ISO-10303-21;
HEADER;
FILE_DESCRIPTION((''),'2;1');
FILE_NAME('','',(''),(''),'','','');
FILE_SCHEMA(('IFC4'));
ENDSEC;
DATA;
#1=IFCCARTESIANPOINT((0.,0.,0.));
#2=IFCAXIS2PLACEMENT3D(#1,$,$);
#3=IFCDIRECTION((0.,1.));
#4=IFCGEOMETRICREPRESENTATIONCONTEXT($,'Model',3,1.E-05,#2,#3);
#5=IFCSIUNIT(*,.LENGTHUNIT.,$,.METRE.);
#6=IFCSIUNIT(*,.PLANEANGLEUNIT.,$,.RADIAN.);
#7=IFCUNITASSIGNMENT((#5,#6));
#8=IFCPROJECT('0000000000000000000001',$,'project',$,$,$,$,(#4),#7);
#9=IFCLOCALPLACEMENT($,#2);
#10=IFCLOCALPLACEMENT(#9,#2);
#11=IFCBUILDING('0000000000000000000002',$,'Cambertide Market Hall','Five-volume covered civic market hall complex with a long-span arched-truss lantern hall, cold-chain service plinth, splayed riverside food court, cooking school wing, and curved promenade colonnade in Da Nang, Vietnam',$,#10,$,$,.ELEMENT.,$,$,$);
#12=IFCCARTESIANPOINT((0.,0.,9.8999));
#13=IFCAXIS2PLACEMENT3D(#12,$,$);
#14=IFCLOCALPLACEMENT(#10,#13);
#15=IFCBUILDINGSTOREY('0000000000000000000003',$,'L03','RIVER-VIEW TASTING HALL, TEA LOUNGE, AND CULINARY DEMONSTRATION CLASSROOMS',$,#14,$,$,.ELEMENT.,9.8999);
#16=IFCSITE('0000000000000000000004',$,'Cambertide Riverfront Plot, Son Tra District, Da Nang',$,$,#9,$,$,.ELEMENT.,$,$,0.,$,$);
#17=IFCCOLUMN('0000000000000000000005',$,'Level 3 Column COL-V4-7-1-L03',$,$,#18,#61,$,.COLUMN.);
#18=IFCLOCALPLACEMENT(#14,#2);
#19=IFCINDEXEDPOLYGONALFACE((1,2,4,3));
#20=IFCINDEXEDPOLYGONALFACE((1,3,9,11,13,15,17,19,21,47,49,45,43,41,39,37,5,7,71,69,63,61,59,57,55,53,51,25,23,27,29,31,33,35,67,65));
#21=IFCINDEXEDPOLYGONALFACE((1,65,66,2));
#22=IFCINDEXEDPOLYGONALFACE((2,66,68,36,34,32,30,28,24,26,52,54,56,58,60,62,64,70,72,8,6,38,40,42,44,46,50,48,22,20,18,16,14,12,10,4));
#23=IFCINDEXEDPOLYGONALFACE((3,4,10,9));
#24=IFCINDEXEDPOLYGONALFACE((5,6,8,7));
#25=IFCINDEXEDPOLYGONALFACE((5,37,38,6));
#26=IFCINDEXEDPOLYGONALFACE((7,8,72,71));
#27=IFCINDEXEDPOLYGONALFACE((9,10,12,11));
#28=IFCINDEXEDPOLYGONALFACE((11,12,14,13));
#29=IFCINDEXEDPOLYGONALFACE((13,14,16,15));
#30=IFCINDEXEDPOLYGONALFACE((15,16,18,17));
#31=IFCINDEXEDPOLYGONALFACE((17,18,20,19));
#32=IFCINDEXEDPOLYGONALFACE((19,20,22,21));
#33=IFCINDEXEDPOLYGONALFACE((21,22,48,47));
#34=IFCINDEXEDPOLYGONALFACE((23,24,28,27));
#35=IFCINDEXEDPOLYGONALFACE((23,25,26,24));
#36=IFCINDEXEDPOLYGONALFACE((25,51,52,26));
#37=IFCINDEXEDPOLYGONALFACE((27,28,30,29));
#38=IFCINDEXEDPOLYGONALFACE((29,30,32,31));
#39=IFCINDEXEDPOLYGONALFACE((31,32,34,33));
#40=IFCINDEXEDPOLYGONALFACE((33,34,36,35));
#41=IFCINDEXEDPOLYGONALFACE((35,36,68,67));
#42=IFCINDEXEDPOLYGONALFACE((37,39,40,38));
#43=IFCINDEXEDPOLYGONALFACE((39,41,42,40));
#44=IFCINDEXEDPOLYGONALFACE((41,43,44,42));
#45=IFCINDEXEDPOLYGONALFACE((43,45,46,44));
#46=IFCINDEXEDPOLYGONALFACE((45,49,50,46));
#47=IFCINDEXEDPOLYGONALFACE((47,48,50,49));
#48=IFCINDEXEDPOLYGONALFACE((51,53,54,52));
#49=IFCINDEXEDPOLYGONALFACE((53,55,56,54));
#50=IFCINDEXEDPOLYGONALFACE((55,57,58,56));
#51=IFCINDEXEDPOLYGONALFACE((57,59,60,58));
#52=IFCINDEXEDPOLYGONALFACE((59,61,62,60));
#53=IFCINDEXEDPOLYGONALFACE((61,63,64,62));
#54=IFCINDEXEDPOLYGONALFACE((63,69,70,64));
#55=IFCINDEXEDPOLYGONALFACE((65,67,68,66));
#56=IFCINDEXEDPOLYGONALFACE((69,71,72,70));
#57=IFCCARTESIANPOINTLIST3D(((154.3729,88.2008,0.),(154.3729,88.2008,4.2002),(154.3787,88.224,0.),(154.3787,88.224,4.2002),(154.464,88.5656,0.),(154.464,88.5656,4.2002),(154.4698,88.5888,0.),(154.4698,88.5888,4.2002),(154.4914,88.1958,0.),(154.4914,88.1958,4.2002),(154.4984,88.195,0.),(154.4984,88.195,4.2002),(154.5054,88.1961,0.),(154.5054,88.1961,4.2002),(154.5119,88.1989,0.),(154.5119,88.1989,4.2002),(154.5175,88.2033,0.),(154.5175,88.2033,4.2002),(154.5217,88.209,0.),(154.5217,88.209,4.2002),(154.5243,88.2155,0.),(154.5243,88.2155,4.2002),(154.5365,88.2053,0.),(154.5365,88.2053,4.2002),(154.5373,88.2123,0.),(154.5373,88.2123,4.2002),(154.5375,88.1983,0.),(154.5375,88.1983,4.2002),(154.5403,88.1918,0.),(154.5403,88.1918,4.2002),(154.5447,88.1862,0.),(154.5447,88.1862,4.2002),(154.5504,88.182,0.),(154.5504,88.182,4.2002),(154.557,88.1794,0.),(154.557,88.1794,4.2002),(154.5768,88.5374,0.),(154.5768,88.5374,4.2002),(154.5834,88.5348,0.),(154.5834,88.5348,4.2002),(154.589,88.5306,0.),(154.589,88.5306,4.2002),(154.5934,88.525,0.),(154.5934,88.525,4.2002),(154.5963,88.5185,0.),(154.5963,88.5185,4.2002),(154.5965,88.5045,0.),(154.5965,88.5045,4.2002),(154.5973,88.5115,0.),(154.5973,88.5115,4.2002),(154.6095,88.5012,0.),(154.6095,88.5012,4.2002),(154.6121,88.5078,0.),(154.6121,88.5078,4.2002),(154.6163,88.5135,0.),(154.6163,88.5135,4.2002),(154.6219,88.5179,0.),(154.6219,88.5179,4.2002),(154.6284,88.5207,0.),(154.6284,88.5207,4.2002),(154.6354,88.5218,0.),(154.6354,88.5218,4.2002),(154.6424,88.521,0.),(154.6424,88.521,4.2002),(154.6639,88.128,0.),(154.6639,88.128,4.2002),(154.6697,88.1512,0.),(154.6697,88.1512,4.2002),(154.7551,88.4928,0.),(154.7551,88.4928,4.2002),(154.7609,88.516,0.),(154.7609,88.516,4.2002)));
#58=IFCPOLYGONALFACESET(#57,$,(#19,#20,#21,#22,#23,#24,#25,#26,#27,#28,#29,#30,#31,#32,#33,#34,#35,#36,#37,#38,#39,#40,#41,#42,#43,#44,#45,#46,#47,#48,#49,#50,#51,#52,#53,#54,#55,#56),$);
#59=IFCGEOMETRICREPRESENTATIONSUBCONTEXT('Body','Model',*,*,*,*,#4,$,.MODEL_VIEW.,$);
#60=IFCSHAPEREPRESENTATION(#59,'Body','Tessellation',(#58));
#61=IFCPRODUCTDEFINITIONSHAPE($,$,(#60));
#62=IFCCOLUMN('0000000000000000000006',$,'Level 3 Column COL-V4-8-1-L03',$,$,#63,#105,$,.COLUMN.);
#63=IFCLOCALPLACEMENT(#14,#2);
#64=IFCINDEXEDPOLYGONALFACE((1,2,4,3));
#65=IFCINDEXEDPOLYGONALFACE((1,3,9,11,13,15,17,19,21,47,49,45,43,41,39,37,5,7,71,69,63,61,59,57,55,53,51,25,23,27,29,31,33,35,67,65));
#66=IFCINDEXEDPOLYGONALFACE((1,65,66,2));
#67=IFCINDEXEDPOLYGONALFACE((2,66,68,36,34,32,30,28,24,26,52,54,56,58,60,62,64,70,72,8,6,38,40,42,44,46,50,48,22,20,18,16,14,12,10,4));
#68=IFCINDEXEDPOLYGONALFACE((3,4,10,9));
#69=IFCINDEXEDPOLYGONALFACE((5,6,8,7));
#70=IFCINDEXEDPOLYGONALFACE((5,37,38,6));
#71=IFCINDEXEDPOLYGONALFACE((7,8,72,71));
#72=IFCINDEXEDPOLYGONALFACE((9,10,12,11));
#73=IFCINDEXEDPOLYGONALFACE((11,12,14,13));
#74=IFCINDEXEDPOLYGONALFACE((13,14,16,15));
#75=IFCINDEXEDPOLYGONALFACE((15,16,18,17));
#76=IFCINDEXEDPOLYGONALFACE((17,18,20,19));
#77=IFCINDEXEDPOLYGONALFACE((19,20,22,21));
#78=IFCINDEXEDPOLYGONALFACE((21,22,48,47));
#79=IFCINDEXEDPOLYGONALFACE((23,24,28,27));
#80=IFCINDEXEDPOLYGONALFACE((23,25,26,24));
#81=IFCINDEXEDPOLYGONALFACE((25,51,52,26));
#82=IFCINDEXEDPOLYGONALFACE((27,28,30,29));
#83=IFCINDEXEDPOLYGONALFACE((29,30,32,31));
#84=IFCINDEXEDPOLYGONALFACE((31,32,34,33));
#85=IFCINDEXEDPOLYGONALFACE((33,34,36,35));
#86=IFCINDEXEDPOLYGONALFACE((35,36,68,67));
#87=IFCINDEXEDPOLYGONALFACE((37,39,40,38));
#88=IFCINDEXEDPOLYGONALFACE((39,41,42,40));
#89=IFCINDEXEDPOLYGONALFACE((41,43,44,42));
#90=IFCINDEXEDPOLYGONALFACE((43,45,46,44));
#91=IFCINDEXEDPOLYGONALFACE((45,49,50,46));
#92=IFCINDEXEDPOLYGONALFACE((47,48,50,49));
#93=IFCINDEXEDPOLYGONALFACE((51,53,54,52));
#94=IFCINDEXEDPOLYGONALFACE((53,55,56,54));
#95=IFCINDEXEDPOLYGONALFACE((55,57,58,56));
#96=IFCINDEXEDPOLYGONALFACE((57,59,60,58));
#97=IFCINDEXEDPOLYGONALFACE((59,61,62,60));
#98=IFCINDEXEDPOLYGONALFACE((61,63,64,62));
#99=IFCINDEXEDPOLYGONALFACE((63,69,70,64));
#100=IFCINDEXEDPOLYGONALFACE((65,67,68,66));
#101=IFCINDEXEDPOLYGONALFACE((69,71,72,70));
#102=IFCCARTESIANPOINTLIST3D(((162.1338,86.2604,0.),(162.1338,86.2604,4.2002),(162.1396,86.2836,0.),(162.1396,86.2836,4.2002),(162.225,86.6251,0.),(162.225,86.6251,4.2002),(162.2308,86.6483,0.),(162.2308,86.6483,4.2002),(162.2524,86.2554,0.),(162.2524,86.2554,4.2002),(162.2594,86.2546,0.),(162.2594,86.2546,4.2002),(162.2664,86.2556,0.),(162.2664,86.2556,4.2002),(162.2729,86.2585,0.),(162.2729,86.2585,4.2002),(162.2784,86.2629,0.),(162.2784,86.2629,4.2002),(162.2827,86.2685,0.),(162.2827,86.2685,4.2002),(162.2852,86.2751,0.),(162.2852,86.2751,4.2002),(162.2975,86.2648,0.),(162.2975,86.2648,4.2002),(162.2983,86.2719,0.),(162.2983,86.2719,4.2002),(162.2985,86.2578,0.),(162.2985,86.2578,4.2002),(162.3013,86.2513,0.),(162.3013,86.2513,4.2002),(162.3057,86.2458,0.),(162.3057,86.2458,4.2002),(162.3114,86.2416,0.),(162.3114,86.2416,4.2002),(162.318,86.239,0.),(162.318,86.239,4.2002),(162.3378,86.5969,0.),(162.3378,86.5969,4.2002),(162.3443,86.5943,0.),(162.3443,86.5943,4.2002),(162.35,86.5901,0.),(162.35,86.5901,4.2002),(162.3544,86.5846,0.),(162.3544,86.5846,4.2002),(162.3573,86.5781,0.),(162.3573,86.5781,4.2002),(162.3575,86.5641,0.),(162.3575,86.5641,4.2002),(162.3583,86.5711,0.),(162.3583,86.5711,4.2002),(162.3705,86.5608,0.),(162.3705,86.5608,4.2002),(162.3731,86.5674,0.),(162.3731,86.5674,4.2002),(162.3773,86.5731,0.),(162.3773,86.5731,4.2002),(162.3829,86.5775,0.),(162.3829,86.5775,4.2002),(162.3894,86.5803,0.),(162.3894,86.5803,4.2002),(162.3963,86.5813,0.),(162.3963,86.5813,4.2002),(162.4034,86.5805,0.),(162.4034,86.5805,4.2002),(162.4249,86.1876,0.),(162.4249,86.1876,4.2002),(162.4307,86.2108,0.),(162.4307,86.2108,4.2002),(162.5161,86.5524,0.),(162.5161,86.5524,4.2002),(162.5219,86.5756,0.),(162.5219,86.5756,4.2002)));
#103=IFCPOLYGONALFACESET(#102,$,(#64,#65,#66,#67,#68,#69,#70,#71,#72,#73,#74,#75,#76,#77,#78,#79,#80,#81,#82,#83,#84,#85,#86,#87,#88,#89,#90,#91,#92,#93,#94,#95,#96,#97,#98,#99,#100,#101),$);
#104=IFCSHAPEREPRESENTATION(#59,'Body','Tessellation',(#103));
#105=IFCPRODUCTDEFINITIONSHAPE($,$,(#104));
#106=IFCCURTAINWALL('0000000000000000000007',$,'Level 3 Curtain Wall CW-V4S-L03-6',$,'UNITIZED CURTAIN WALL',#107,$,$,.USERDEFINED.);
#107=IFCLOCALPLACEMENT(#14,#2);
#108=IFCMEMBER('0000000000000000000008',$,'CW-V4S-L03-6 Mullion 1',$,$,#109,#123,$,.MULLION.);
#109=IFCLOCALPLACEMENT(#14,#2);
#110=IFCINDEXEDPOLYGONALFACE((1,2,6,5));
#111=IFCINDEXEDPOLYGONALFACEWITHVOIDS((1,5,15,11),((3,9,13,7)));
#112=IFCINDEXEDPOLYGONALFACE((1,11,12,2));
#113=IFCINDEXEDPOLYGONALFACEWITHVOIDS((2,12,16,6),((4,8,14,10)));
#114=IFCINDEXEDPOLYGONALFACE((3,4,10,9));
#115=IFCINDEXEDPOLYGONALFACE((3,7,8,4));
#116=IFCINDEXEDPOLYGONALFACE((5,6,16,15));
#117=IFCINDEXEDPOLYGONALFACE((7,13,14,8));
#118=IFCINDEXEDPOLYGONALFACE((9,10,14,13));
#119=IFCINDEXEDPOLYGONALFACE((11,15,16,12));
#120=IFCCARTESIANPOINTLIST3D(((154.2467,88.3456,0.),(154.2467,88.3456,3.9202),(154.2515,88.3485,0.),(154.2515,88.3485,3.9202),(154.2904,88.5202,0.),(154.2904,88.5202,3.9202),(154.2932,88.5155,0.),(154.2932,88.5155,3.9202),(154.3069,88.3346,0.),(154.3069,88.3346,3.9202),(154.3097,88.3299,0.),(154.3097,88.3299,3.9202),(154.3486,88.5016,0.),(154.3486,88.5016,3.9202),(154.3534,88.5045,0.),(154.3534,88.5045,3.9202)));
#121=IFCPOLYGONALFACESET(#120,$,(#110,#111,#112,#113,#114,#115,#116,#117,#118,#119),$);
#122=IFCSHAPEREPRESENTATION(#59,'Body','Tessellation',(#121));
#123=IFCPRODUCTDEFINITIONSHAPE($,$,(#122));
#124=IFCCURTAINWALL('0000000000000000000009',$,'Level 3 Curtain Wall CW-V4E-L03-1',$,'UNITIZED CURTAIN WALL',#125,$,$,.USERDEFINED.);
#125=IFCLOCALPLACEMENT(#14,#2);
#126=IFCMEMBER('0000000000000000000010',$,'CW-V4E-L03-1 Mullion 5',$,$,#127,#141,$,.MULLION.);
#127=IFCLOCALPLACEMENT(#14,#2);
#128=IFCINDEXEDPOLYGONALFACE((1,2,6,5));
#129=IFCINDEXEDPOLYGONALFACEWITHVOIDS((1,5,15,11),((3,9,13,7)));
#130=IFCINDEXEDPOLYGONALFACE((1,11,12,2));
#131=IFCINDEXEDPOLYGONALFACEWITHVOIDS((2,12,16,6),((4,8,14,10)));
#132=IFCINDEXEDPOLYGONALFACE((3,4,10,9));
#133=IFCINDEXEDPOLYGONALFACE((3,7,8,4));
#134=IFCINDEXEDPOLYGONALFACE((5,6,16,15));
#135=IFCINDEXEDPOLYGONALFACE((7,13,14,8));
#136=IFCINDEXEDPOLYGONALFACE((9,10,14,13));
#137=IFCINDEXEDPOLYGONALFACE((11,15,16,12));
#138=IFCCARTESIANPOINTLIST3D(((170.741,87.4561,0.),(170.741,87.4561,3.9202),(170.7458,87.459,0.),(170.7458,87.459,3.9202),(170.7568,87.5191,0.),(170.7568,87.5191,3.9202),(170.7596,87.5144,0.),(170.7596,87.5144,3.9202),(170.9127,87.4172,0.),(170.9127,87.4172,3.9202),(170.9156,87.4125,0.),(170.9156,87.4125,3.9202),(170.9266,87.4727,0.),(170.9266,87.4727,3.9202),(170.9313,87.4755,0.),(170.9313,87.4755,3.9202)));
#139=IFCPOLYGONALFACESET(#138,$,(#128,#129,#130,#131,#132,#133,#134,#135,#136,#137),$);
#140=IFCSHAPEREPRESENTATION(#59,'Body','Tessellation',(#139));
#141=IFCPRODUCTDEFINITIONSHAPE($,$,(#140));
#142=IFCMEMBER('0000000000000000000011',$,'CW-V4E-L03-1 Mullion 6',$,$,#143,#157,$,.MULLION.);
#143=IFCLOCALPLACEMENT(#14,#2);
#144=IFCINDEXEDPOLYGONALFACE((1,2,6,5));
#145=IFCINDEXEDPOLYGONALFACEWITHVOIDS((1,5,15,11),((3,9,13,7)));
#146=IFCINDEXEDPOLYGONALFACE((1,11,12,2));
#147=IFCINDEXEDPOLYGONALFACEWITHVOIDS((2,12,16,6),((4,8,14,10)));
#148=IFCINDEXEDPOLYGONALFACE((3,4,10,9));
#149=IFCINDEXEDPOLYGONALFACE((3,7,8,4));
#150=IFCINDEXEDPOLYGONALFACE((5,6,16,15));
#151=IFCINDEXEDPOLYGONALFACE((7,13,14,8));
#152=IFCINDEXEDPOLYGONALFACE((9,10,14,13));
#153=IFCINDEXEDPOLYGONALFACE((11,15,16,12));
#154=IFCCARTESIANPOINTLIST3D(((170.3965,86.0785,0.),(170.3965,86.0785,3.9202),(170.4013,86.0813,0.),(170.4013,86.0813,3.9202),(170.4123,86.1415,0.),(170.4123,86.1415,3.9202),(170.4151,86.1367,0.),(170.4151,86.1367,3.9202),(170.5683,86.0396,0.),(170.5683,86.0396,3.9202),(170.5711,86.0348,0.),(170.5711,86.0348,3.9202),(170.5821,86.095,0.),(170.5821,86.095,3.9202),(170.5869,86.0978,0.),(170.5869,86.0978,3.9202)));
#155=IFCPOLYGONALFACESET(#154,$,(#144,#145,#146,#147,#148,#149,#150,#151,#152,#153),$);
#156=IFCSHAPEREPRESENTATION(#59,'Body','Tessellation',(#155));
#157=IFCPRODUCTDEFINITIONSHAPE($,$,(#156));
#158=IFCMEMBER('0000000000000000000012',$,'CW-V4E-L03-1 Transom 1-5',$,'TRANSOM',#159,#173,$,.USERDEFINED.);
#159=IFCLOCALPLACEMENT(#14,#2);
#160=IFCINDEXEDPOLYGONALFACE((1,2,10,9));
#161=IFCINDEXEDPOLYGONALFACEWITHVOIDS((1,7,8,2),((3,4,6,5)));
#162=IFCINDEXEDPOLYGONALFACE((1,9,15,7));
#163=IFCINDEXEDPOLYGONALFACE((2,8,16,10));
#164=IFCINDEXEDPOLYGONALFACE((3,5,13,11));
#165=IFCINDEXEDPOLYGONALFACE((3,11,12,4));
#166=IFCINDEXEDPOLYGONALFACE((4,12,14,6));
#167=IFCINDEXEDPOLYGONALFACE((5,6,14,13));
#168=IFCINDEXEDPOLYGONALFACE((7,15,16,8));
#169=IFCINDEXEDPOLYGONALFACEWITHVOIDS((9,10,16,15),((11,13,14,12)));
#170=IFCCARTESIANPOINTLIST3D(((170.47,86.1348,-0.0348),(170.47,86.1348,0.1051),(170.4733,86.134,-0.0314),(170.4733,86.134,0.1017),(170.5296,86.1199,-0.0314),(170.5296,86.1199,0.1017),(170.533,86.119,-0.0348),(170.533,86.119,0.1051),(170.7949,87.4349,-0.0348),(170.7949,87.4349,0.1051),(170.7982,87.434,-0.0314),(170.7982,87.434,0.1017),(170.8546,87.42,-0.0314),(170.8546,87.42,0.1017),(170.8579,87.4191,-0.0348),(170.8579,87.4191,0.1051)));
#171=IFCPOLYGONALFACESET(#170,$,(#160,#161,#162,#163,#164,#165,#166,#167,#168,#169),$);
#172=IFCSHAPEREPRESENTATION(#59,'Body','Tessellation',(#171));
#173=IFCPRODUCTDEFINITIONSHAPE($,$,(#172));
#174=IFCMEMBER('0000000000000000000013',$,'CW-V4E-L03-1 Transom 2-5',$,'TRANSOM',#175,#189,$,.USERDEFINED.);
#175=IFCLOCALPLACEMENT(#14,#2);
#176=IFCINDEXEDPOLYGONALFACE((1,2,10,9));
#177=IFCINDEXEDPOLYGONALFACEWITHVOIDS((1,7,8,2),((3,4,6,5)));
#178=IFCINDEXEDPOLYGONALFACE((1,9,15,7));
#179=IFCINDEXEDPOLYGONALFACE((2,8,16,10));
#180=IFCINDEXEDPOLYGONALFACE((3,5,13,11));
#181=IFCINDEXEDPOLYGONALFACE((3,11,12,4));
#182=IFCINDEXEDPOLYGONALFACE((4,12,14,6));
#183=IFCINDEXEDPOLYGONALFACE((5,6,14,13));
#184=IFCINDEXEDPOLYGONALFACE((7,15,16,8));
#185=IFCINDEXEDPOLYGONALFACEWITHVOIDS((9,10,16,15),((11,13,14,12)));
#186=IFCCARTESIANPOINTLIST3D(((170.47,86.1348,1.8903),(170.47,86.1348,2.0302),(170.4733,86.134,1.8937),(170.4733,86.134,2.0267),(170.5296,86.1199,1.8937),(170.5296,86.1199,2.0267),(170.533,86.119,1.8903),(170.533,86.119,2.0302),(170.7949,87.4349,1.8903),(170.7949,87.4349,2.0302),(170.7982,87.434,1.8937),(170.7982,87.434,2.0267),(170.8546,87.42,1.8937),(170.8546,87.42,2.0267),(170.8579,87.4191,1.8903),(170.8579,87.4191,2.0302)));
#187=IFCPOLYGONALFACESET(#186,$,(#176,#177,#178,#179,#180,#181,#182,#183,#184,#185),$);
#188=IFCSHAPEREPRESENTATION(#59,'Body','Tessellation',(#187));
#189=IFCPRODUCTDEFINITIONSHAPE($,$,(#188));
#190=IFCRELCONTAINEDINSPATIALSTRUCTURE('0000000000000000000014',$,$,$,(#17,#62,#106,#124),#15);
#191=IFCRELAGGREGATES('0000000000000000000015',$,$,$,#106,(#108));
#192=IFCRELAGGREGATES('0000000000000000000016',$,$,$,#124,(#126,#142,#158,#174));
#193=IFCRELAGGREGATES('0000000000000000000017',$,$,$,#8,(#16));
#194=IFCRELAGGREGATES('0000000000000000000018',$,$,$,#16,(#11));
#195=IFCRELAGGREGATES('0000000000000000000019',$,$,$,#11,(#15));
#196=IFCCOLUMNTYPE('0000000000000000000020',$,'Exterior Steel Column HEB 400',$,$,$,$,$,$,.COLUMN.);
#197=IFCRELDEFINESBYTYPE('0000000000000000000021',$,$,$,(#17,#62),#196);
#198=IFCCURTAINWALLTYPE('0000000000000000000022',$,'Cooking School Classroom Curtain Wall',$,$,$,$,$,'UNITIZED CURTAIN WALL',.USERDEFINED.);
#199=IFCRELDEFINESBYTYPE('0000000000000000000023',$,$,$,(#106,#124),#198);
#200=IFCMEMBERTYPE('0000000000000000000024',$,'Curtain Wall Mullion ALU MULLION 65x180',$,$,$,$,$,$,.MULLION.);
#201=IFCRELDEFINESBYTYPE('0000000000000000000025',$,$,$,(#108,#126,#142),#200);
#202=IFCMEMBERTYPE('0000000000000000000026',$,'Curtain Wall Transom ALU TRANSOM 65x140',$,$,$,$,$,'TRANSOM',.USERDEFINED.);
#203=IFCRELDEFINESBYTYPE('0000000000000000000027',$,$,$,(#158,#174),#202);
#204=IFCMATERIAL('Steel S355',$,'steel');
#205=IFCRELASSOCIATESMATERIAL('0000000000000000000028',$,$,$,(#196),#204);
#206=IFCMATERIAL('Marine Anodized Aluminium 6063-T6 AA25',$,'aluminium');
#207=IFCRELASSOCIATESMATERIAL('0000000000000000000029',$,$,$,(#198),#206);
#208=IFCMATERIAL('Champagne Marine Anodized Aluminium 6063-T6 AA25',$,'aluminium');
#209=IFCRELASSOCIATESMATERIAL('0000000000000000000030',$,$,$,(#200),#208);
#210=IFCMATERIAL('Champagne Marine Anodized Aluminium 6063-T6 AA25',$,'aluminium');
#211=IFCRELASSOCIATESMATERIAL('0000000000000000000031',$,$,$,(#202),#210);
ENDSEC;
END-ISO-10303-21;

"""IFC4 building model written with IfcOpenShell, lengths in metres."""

from ifc_helpers import new_model, si_unit, direction, frame, origin, origin_2d, place, context, subcontext, project, spatial, hollow_rectangle, i_section, extrude, material, material_profile, profile_set, type_object, element, aggregate, save


model = new_model("IFC4")

# Units and contexts
model_context = context("Model", 3, precision=1e-05, world=origin(), true_north=direction((0.0, 1.0)))
body_context = subcontext(model_context, "Body", "Model", "MODEL_VIEW")
ifc_project = project(units=[si_unit("LENGTHUNIT", "METRE"), si_unit("PLANEANGLEUNIT", "RADIAN")], contexts=[model_context])

# Site, building, storey
site_placement = place(None, origin())
site = spatial("IfcSite", under=ifc_project, at=site_placement, Name="Cambertide Riverfront Plot, Son Tra District, Da Nang", CompositionType="ELEMENT", RefElevation=0.0)
building_placement = place(site_placement, origin())
building = spatial("IfcBuilding", under=site, at=building_placement, Name="Cambertide Market Hall", Description="Five-volume covered civic market hall complex with a long-span arched-truss lantern hall, cold-chain service plinth, splayed riverside food court, cooking school wing, and curved promenade colonnade in Da Nang, Vietnam", CompositionType="ELEMENT")
storey_placement = place(building_placement, frame((0.0, 0.0, 9.8999)))
storey = spatial("IfcBuildingStorey", under=building, at=storey_placement, Name="L03", Description="RIVER-VIEW TASTING HALL, TEA LOUNGE, AND CULINARY DEMONSTRATION CLASSROOMS", CompositionType="ELEMENT", Elevation=9.8999)

# Columns
ifc_material_1 = material(Name="Steel S355", Category="steel")
ifc_material_profile_1 = material_profile(ifc_material_1, i_section(OverallWidth=0.3, OverallDepth=0.3999, WebThickness=0.0134, FlangeThickness=0.0239, FilletRadius=0.0271, at=origin_2d()), Name="HEB 400")
ifc_profile_set_1 = profile_set([ifc_material_profile_1], Name="Steel S355")
column_type = type_object("IfcColumnType", Name="Exterior Steel Column HEB 400", PredefinedType="COLUMN", material=ifc_profile_set_1)
for number, where, z_axis, x_axis, name in (
    (1, (154.5669, 88.3584, 0.0), (0.0, 0.0, 1.0), (0.970143, -0.242536, 0.0), "Level 3 Column COL-V4-7-1-L03"),
    (2, (162.3279, 86.418, 0.0), (0.0, 0.0, 1.0), (0.970143, -0.242536, 0.0), "Level 3 Column COL-V4-8-1-L03"),
):
    element("IfcColumn", number, at=place(storey_placement, frame(where, z_axis=z_axis, x_axis=x_axis)), inside=storey, type_object=column_type, Name=name, PredefinedType="COLUMN", context=body_context, shape_type="SweptSolid", body=[
        extrude(i_section(OverallWidth=0.3, OverallDepth=0.3999, WebThickness=0.0134, FlangeThickness=0.0239, FilletRadius=0.0271, at=origin_2d()), origin(), (0.0, 0.0, 1.0), 4.2002),
    ])

# Curtain wall, member
ifc_material_2 = material(Name="Marine Anodized Aluminium 6063-T6 AA25", Category="aluminium")
curtain_wall_type = type_object("IfcCurtainWallType", Name="Cooking School Classroom Curtain Wall", ElementType="UNITIZED CURTAIN WALL", PredefinedType="USERDEFINED", material=ifc_material_2)
curtain_wall_1_placement = place(storey_placement, origin())
curtain_wall_1 = element("IfcCurtainWall", 3, at=curtain_wall_1_placement, inside=storey, type_object=curtain_wall_type, Name="Level 3 Curtain Wall CW-V4S-L03-6", ObjectType="UNITIZED CURTAIN WALL", PredefinedType="USERDEFINED")
ifc_material_3 = material(Name="Champagne Marine Anodized Aluminium 6063-T6 AA25", Category="aluminium")
ifc_material_profile_2 = material_profile(ifc_material_3, hollow_rectangle(XDim=0.0649, YDim=0.1799, WallThickness=0.0039, at=origin_2d()), Name="ALU MULLION 65x180")
ifc_profile_set_2 = profile_set([ifc_material_profile_2], Name="Champagne Marine Anodized Aluminium 6063-T6 AA25")
member_type_1 = type_object("IfcMemberType", Name="Curtain Wall Mullion ALU MULLION 65x180", PredefinedType="MULLION", material=ifc_profile_set_2)
member_1_placement = place(storey_placement, frame((154.3, 88.425, 0.0), z_axis=(0.0, 0.0, 1.0), x_axis=(-0.970143, 0.242535, 0.0)))
member_1 = element("IfcMember", 4, at=member_1_placement, type_object=member_type_1, Name="CW-V4S-L03-6 Mullion 1", PredefinedType="MULLION", context=body_context, shape_type="SweptSolid", body=[
    extrude(hollow_rectangle(XDim=0.0649, YDim=0.1799, WallThickness=0.0039, at=origin_2d()), origin(), (0.0, 0.0, 1.0), 3.9202),
])
aggregate(curtain_wall_1, [member_1])

# Curtain wall, members
curtain_wall_2_placement = place(storey_placement, origin())
curtain_wall_2 = element("IfcCurtainWall", 5, at=curtain_wall_2_placement, inside=storey, type_object=curtain_wall_type, Name="Level 3 Curtain Wall CW-V4E-L03-1", ObjectType="UNITIZED CURTAIN WALL", PredefinedType="USERDEFINED")
member_2_placement = place(storey_placement, frame((170.8362, 87.4658, 0.0), z_axis=(0.0, 0.0, 1.0), x_axis=(-0.242536, -0.970143, 0.0)))
member_2 = element("IfcMember", 6, at=member_2_placement, type_object=member_type_1, Name="CW-V4E-L03-1 Mullion 5", PredefinedType="MULLION", context=body_context, shape_type="SweptSolid", body=[
    extrude(hollow_rectangle(XDim=0.0649, YDim=0.1799, WallThickness=0.0039, at=origin_2d()), origin(), (0.0, 0.0, 1.0), 3.9202),
])
member_3_placement = place(storey_placement, frame((170.4917, 86.0881, 0.0), z_axis=(0.0, 0.0, 1.0), x_axis=(-0.242536, -0.970143, 0.0)))
member_3 = element("IfcMember", 7, at=member_3_placement, type_object=member_type_1, Name="CW-V4E-L03-1 Mullion 6", PredefinedType="MULLION", context=body_context, shape_type="SweptSolid", body=[
    extrude(hollow_rectangle(XDim=0.0649, YDim=0.1799, WallThickness=0.0039, at=origin_2d()), origin(), (0.0, 0.0, 1.0), 3.9202),
])
ifc_material_4 = material(Name="Champagne Marine Anodized Aluminium 6063-T6 AA25", Category="aluminium")
ifc_material_profile_3 = material_profile(ifc_material_4, hollow_rectangle(XDim=0.0649, YDim=0.1399, WallThickness=0.0034, at=origin_2d()), Name="ALU TRANSOM 65x140")
ifc_profile_set_3 = profile_set([ifc_material_profile_3], Name="Champagne Marine Anodized Aluminium 6063-T6 AA25")
member_type_2 = type_object("IfcMemberType", Name="Curtain Wall Transom ALU TRANSOM 65x140", ElementType="TRANSOM", PredefinedType="USERDEFINED", material=ifc_profile_set_3)
member_4_placement = place(storey_placement, frame((170.8264, 87.427, 0.0352), z_axis=(-0.242493, -0.970153, 0.0), x_axis=(0.970153, -0.242493, 0.0)))
member_4 = element("IfcMember", 8, at=member_4_placement, type_object=member_type_2, Name="CW-V4E-L03-1 Transom 1-5", ObjectType="TRANSOM", PredefinedType="USERDEFINED", context=body_context, shape_type="SweptSolid", body=[
    extrude(hollow_rectangle(XDim=0.0649, YDim=0.1399, WallThickness=0.0034, at=origin_2d()), origin(), (0.0, 0.0, 1.0), 1.3401),
])
member_5_placement = place(storey_placement, frame((170.8264, 87.427, 1.9602), z_axis=(-0.242493, -0.970153, 0.0), x_axis=(0.970153, -0.242493, 0.0)))
member_5 = element("IfcMember", 9, at=member_5_placement, type_object=member_type_2, Name="CW-V4E-L03-1 Transom 2-5", ObjectType="TRANSOM", PredefinedType="USERDEFINED", context=body_context, shape_type="SweptSolid", body=[
    extrude(hollow_rectangle(XDim=0.0649, YDim=0.1399, WallThickness=0.0034, at=origin_2d()), origin(), (0.0, 0.0, 1.0), 1.3401),
])

aggregate(curtain_wall_2, [member_2, member_3, member_4, member_5])

save(model, "model.ifc")
